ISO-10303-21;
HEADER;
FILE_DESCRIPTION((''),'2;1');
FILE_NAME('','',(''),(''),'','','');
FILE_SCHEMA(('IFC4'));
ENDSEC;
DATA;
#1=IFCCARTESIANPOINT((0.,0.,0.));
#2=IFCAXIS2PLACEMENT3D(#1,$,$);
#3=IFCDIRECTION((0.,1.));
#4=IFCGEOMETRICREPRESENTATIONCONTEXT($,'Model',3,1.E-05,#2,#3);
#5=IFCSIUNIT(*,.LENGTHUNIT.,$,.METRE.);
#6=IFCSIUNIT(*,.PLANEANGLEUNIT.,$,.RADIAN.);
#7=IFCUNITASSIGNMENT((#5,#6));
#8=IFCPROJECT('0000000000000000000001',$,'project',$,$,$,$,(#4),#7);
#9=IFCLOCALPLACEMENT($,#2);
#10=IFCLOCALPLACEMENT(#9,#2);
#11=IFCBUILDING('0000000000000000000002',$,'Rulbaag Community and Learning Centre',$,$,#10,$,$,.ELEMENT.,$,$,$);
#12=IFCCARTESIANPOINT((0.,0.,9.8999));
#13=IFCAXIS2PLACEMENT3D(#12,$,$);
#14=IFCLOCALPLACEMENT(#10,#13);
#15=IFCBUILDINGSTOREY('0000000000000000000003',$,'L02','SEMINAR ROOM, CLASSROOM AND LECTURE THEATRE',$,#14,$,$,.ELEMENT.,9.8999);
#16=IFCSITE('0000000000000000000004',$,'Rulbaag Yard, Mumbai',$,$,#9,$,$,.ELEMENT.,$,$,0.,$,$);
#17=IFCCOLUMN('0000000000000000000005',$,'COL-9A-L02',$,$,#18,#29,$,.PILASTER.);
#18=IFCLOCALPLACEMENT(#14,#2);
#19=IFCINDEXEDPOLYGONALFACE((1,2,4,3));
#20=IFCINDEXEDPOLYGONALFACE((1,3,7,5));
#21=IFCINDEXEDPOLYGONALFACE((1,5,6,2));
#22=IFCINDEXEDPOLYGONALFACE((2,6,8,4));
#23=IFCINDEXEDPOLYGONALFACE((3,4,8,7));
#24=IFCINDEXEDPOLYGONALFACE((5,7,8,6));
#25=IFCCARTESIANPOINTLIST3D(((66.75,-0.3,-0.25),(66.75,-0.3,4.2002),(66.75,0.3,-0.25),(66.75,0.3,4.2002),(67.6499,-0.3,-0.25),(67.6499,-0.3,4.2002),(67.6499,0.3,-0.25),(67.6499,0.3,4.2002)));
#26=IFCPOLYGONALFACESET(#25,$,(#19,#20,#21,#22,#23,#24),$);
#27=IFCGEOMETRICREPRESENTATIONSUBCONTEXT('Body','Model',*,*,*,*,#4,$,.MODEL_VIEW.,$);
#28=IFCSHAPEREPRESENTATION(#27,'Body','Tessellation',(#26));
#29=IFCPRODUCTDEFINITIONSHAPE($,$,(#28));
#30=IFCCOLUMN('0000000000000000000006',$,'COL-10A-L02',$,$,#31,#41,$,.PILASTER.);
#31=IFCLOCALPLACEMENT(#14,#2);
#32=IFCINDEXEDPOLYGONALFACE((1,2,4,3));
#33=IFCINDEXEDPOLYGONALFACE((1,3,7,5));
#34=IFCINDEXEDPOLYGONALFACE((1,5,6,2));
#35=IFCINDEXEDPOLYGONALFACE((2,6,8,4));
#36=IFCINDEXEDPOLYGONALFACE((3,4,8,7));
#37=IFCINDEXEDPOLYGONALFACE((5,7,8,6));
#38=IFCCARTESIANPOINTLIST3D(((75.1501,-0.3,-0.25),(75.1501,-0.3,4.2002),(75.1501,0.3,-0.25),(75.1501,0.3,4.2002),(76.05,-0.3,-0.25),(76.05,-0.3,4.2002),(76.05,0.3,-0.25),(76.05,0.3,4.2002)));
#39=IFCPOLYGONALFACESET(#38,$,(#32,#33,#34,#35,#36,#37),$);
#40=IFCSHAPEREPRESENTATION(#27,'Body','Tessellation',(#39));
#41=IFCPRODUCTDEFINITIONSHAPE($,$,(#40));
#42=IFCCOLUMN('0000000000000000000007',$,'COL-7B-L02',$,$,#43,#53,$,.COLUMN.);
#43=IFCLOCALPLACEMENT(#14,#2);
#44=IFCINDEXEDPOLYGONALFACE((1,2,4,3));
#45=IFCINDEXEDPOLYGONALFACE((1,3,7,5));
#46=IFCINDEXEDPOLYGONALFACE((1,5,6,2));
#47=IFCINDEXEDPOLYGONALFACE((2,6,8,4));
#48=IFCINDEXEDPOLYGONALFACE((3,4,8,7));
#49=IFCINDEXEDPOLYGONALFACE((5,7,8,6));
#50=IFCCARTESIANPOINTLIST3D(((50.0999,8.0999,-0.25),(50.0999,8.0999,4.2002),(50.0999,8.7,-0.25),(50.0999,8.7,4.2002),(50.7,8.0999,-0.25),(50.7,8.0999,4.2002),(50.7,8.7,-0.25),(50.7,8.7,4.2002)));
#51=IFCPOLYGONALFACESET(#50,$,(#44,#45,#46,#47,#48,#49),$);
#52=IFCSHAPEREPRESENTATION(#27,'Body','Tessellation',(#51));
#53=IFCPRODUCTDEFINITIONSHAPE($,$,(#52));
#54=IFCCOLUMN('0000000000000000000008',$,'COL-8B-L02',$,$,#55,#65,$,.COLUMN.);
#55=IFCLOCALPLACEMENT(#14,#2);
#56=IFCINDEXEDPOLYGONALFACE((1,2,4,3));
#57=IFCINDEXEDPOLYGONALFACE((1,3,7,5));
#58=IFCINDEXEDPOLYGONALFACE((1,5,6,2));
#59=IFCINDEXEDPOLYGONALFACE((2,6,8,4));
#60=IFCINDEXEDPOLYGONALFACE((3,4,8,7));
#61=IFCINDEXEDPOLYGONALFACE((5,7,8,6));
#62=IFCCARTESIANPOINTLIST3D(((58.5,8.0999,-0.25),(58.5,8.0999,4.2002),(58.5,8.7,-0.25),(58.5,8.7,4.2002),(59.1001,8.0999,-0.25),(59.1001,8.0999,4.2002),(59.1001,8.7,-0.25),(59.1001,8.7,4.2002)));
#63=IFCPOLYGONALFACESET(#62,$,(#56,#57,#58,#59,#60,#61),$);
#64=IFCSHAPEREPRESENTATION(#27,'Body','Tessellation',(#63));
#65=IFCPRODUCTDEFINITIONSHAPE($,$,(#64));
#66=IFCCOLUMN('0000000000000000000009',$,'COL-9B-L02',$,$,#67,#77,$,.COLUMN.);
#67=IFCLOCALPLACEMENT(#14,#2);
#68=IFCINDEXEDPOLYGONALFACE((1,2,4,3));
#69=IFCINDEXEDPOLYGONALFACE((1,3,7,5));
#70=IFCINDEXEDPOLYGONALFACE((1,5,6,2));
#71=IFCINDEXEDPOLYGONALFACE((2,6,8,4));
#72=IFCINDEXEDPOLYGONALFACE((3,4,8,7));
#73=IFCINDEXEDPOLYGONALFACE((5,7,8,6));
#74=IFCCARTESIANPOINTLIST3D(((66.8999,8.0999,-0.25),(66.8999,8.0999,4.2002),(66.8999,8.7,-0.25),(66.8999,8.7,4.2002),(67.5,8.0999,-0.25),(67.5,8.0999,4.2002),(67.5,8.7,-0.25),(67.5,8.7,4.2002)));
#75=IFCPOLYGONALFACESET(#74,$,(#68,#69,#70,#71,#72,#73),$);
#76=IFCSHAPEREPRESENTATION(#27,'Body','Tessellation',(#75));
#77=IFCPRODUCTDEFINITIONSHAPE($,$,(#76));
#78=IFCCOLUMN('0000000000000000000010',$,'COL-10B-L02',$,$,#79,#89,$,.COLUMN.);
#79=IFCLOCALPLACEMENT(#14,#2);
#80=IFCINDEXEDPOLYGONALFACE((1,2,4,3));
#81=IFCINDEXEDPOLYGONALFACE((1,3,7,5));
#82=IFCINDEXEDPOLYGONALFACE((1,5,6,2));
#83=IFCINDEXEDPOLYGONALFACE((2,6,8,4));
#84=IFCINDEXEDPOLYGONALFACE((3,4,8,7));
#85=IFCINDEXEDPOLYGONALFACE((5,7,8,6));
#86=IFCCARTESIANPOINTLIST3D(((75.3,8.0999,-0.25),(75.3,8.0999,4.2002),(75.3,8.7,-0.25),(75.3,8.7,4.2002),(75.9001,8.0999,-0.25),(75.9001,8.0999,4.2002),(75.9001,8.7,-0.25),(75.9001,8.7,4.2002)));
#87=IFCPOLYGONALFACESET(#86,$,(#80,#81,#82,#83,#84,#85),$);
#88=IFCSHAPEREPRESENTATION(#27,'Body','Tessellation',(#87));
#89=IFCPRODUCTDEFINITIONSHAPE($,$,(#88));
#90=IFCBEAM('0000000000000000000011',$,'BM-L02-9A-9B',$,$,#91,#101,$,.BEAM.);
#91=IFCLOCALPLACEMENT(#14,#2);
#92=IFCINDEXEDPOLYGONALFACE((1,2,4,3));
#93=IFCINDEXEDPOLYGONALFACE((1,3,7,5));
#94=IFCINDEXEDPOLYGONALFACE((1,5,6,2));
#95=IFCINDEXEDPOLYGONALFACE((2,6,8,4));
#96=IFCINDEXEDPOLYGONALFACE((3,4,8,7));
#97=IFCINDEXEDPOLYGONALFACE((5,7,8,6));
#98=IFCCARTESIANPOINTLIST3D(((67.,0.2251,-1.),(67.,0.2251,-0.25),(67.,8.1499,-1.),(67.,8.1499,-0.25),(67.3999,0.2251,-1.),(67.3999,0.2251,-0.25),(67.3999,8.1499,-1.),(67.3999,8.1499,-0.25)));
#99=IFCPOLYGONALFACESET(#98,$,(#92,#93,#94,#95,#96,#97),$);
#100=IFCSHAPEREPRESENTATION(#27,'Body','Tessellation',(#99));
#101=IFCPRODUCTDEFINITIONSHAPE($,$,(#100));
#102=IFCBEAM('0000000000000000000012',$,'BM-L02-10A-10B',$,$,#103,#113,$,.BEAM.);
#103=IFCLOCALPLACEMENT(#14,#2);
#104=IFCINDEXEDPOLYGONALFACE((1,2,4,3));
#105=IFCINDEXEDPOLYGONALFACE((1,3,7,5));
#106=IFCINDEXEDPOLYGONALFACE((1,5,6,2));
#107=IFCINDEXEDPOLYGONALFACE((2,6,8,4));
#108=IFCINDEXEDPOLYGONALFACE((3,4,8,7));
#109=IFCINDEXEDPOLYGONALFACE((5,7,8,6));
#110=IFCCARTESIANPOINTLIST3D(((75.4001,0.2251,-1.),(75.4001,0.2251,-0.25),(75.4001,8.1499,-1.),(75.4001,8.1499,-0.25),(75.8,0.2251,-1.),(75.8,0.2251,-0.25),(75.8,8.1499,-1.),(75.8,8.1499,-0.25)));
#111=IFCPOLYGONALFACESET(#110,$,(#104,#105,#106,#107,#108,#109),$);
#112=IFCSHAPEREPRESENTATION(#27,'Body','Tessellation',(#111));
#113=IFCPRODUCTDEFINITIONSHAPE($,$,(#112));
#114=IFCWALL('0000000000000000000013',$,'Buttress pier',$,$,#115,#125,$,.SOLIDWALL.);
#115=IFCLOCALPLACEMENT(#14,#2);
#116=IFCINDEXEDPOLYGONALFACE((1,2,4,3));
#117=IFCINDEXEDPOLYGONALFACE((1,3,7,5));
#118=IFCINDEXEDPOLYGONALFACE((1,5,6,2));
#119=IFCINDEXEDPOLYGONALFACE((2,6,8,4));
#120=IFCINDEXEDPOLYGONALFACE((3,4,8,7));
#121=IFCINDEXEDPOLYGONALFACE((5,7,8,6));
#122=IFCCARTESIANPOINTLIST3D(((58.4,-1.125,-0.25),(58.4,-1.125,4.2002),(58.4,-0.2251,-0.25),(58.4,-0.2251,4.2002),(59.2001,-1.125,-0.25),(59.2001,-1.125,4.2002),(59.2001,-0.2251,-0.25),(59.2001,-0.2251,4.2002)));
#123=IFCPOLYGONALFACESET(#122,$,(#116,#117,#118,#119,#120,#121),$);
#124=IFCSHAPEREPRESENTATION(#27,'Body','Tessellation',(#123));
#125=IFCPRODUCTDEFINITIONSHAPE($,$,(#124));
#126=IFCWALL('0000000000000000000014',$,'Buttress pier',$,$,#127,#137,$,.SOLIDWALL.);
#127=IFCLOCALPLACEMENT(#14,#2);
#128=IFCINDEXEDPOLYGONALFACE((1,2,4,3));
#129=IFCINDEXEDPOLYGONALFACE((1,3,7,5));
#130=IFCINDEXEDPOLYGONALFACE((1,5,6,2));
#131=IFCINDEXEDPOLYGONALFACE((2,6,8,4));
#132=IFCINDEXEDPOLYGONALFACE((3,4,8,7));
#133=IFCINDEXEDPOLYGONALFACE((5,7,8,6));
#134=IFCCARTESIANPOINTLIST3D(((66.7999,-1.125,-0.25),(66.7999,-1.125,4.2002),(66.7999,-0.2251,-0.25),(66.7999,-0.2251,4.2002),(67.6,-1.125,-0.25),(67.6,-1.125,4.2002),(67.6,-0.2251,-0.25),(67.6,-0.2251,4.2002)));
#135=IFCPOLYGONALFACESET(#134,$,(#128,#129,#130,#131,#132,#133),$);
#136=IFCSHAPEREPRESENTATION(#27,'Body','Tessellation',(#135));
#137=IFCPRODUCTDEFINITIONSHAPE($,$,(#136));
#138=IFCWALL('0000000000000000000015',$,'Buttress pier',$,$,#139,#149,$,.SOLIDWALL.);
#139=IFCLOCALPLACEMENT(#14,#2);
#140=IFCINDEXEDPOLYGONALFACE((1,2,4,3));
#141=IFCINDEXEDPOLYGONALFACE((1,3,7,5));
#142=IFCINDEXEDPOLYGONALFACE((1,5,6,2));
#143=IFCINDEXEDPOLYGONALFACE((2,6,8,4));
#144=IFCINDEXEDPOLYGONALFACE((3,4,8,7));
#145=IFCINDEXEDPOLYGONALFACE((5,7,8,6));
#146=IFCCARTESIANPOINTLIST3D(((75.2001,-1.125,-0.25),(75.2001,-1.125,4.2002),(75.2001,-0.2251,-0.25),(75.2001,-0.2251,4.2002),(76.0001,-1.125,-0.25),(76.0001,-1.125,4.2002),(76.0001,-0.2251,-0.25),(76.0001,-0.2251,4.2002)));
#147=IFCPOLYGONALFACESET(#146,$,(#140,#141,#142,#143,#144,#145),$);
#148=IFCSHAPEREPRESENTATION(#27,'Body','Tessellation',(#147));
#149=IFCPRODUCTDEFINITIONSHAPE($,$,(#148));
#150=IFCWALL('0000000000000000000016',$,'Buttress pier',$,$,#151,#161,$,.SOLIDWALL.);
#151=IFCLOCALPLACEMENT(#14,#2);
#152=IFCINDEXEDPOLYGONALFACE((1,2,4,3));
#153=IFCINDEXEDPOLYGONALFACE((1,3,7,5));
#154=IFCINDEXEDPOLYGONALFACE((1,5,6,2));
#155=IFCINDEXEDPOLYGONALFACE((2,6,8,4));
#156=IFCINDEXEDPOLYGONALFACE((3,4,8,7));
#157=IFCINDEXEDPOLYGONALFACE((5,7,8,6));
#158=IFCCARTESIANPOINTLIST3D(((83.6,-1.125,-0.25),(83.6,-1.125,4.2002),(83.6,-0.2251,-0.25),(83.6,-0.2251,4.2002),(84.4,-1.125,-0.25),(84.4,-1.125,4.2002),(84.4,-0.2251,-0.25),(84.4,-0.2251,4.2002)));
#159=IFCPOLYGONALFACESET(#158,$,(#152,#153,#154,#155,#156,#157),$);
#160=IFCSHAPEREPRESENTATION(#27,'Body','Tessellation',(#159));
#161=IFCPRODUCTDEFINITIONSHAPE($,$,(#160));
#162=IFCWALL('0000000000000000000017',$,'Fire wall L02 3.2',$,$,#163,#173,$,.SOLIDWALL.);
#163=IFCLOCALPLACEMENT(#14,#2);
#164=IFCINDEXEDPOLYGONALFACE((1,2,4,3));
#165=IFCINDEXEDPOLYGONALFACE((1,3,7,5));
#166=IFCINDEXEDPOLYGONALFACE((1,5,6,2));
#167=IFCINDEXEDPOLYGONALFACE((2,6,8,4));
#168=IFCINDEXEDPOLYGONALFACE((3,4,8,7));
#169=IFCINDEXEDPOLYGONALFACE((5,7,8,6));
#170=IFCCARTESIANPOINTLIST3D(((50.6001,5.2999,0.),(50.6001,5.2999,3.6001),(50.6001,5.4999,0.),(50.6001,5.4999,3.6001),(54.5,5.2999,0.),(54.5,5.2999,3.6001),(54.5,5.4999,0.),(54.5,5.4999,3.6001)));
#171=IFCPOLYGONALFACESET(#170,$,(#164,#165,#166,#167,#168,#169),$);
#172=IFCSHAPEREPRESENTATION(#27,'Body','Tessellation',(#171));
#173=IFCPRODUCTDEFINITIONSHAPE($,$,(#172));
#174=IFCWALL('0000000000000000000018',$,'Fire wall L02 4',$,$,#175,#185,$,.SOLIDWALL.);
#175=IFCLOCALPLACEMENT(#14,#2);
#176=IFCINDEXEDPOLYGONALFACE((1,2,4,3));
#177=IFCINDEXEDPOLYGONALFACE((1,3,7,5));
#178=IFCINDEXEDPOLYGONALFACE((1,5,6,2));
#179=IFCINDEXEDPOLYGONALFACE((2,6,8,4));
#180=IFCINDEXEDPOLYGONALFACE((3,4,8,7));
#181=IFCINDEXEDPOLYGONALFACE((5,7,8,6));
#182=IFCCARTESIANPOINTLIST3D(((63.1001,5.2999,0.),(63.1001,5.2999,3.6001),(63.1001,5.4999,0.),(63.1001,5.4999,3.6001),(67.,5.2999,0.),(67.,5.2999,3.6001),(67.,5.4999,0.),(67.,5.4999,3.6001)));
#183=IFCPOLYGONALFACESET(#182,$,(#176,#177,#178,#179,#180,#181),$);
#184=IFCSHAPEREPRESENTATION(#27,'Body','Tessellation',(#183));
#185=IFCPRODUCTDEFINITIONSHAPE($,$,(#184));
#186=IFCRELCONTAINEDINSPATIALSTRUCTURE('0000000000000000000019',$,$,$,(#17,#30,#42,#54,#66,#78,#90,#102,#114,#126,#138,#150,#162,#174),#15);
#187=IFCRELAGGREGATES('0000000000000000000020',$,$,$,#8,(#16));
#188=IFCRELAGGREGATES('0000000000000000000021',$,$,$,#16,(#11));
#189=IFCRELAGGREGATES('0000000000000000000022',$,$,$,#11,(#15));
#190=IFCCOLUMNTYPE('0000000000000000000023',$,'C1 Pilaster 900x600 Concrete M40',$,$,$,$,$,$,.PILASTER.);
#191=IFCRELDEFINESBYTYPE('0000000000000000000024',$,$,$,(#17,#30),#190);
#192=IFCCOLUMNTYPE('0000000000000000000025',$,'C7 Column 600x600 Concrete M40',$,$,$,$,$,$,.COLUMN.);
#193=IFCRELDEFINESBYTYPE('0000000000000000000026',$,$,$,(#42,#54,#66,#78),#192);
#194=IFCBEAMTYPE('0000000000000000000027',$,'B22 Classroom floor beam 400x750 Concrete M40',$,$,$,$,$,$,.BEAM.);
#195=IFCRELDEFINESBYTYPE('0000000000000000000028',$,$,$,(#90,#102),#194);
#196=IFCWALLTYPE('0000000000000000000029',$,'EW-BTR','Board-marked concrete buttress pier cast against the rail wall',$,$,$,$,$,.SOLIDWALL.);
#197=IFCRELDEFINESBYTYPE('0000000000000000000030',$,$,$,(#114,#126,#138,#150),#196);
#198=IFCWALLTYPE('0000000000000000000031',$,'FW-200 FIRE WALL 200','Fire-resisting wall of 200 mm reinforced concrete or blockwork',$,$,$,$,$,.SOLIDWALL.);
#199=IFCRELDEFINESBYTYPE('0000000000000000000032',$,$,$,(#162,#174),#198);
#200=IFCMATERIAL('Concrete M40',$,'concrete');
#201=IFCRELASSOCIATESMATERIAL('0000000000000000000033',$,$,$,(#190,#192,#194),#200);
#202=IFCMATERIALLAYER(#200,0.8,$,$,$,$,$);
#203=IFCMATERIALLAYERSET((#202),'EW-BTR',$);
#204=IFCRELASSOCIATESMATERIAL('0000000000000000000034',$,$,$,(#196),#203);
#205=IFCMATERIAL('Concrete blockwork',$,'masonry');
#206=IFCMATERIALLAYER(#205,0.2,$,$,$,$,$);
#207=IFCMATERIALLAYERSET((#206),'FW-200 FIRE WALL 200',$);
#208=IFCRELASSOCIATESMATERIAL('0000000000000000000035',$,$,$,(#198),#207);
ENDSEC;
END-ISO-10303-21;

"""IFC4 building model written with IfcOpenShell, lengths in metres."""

from ifc_helpers import new_model, si_unit, direction, frame, frame_2d, origin, origin_2d, place, context, subcontext, project, spatial, rectangle, extrude, material, layer, layer_set, material_profile, profile_set, type_object, element, save


model = new_model("IFC4")

# Units and contexts
model_context = context("Model", 3, precision=1e-05, world=origin(), true_north=direction((0.0, 1.0)))
body_context = subcontext(model_context, "Body", "Model", "MODEL_VIEW")
ifc_project = project(units=[si_unit("LENGTHUNIT", "METRE"), si_unit("PLANEANGLEUNIT", "RADIAN")], contexts=[model_context])

# Site, building, storey
site_placement = place(None, origin())
site = spatial("IfcSite", under=ifc_project, at=site_placement, Name="Rulbaag Yard, Mumbai", CompositionType="ELEMENT", RefElevation=0.0)
building_placement = place(site_placement, origin())
building = spatial("IfcBuilding", under=site, at=building_placement, Name="Rulbaag Community and Learning Centre", CompositionType="ELEMENT")
storey_placement = place(building_placement, frame((0.0, 0.0, 9.8999)))
storey = spatial("IfcBuildingStorey", under=building, at=storey_placement, Name="L02", Description="SEMINAR ROOM, CLASSROOM AND LECTURE THEATRE", CompositionType="ELEMENT", Elevation=9.8999)

# Columns
ifc_material_1 = material(Name="Concrete M40", Category="concrete")
ifc_material_profile_1 = material_profile(ifc_material_1, rectangle(XDim=0.8999, YDim=0.6001, at=origin_2d()), Name="RC900x600")
ifc_profile_set_1 = profile_set([ifc_material_profile_1], Name="Concrete M40")
column_type_1 = type_object("IfcColumnType", Name="C1 Pilaster 900x600 Concrete M40", PredefinedType="PILASTER", material=ifc_profile_set_1)
for number, where, z_axis, x_axis, name in (
    (1, (67.2, 0.0, -0.25), (0.0, 0.0, 1.0), (1.0, 0.0, 0.0), "COL-9A-L02"),
    (2, (75.6001, 0.0, -0.25), (0.0, 0.0, 1.0), (1.0, 0.0, 0.0), "COL-10A-L02"),
):
    element("IfcColumn", number, at=place(storey_placement, frame(where, z_axis=z_axis, x_axis=x_axis)), inside=storey, type_object=column_type_1, Name=name, PredefinedType="PILASTER", context=body_context, shape_type="SweptSolid", body=[
        extrude(rectangle(XDim=0.8999, YDim=0.6001, at=origin_2d()), origin(), (0.0, 0.0, 1.0), 4.4502),
    ])
ifc_material_profile_2 = material_profile(ifc_material_1, rectangle(XDim=0.6001, YDim=0.6001, at=origin_2d()), Name="RC600x600")
ifc_profile_set_2 = profile_set([ifc_material_profile_2], Name="Concrete M40")
column_type_2 = type_object("IfcColumnType", Name="C7 Column 600x600 Concrete M40", PredefinedType="COLUMN", material=ifc_profile_set_2)
for number, where, z_axis, x_axis, name in (
    (3, (50.3999, 8.3999, -0.25), (0.0, 0.0, 1.0), (1.0, 0.0, 0.0), "COL-7B-L02"),
    (4, (58.8, 8.3999, -0.25), (0.0, 0.0, 1.0), (1.0, 0.0, 0.0), "COL-8B-L02"),
    (5, (67.2, 8.3999, -0.25), (0.0, 0.0, 1.0), (1.0, 0.0, 0.0), "COL-9B-L02"),
    (6, (75.6001, 8.3999, -0.25), (0.0, 0.0, 1.0), (1.0, 0.0, 0.0), "COL-10B-L02"),
):
    element("IfcColumn", number, at=place(storey_placement, frame(where, z_axis=z_axis, x_axis=x_axis)), inside=storey, type_object=column_type_2, Name=name, PredefinedType="COLUMN", context=body_context, shape_type="SweptSolid", body=[
        extrude(rectangle(XDim=0.6001, YDim=0.6001, at=origin_2d()), origin(), (0.0, 0.0, 1.0), 4.4502),
    ])

# Beams
ifc_material_profile_3 = material_profile(ifc_material_1, rectangle(XDim=0.3999, YDim=0.75, at=origin_2d()), Name="RB400x750")
ifc_profile_set_3 = profile_set([ifc_material_profile_3], Name="Concrete M40")
beam_type = type_object("IfcBeamType", Name="B22 Classroom floor beam 400x750 Concrete M40", PredefinedType="BEAM", material=ifc_profile_set_3)
for number, where, z_axis, x_axis, name in (
    (7, (67.2, 0.2251, -0.625), (0.0, 1.0, 0.0), (-1.0, 0.0, 0.0), "BM-L02-9A-9B"),
    (8, (75.6001, 0.2251, -0.625), (0.0, 1.0, 0.0), (-1.0, 0.0, 0.0), "BM-L02-10A-10B"),
):
    element("IfcBeam", number, at=place(storey_placement, frame(where, z_axis=z_axis, x_axis=x_axis)), inside=storey, type_object=beam_type, Name=name, PredefinedType="BEAM", context=body_context, shape_type="SweptSolid", body=[
        extrude(rectangle(XDim=0.3999, YDim=0.75, at=origin_2d()), origin(), (0.0, 0.0, 1.0), 7.9248),
    ])

# Walls
ifc_layer_1 = layer(ifc_material_1, 0.8)
ifc_layer_set_1 = layer_set([ifc_layer_1], Name="EW-BTR")
wall_type_1 = type_object("IfcWallType", Name="EW-BTR", Description="Board-marked concrete buttress pier cast against the rail wall", PredefinedType="SOLIDWALL", material=ifc_layer_set_1)
for number, where, z_axis, x_axis, name in (
    (9, (58.8, -0.2251, -0.25), (0.0, 0.0, 1.0), (0.0, -1.0, 0.0), "Buttress pier"),
    (10, (67.2, -0.2251, -0.25), (0.0, 0.0, 1.0), (0.0, -1.0, 0.0), "Buttress pier"),
    (11, (75.6001, -0.2251, -0.25), (0.0, 0.0, 1.0), (0.0, -1.0, 0.0), "Buttress pier"),
    (12, (84.0, -0.2251, -0.25), (0.0, 0.0, 1.0), (0.0, -1.0, 0.0), "Buttress pier"),
):
    element("IfcWall", number, at=place(storey_placement, frame(where, z_axis=z_axis, x_axis=x_axis)), inside=storey, type_object=wall_type_1, Name=name, PredefinedType="SOLIDWALL", context=body_context, shape_type="SweptSolid", body=[
        extrude(rectangle(XDim=0.8999, YDim=0.8, at=frame_2d((0.45, 0.0))), origin(), (0.0, 0.0, 1.0), 4.4502),
    ])
ifc_material_2 = material(Name="Concrete blockwork", Category="masonry")
ifc_layer_2 = layer(ifc_material_2, 0.2)
ifc_layer_set_2 = layer_set([ifc_layer_2], Name="FW-200 FIRE WALL 200")
wall_type_2 = type_object("IfcWallType", Name="FW-200 FIRE WALL 200", Description="Fire-resisting wall of 200 mm reinforced concrete or blockwork", PredefinedType="SOLIDWALL", material=ifc_layer_set_2)
for number, where, z_axis, x_axis, name in (
    (13, (50.6001, 5.3999, 0.0), (0.0, 0.0, 1.0), (1.0, 0.0, 0.0), "Fire wall L02 3.2"),
    (14, (63.1001, 5.3999, 0.0), (0.0, 0.0, 1.0), (1.0, 0.0, 0.0), "Fire wall L02 4"),
):
    element("IfcWall", number, at=place(storey_placement, frame(where, z_axis=z_axis, x_axis=x_axis)), inside=storey, type_object=wall_type_2, Name=name, PredefinedType="SOLIDWALL", context=body_context, shape_type="SweptSolid", body=[
        extrude(rectangle(XDim=3.8999, YDim=0.2, at=frame_2d((1.95, 0.0))), origin(), (0.0, 0.0, 1.0), 3.6001),
    ])

save(model, "model.ifc")
